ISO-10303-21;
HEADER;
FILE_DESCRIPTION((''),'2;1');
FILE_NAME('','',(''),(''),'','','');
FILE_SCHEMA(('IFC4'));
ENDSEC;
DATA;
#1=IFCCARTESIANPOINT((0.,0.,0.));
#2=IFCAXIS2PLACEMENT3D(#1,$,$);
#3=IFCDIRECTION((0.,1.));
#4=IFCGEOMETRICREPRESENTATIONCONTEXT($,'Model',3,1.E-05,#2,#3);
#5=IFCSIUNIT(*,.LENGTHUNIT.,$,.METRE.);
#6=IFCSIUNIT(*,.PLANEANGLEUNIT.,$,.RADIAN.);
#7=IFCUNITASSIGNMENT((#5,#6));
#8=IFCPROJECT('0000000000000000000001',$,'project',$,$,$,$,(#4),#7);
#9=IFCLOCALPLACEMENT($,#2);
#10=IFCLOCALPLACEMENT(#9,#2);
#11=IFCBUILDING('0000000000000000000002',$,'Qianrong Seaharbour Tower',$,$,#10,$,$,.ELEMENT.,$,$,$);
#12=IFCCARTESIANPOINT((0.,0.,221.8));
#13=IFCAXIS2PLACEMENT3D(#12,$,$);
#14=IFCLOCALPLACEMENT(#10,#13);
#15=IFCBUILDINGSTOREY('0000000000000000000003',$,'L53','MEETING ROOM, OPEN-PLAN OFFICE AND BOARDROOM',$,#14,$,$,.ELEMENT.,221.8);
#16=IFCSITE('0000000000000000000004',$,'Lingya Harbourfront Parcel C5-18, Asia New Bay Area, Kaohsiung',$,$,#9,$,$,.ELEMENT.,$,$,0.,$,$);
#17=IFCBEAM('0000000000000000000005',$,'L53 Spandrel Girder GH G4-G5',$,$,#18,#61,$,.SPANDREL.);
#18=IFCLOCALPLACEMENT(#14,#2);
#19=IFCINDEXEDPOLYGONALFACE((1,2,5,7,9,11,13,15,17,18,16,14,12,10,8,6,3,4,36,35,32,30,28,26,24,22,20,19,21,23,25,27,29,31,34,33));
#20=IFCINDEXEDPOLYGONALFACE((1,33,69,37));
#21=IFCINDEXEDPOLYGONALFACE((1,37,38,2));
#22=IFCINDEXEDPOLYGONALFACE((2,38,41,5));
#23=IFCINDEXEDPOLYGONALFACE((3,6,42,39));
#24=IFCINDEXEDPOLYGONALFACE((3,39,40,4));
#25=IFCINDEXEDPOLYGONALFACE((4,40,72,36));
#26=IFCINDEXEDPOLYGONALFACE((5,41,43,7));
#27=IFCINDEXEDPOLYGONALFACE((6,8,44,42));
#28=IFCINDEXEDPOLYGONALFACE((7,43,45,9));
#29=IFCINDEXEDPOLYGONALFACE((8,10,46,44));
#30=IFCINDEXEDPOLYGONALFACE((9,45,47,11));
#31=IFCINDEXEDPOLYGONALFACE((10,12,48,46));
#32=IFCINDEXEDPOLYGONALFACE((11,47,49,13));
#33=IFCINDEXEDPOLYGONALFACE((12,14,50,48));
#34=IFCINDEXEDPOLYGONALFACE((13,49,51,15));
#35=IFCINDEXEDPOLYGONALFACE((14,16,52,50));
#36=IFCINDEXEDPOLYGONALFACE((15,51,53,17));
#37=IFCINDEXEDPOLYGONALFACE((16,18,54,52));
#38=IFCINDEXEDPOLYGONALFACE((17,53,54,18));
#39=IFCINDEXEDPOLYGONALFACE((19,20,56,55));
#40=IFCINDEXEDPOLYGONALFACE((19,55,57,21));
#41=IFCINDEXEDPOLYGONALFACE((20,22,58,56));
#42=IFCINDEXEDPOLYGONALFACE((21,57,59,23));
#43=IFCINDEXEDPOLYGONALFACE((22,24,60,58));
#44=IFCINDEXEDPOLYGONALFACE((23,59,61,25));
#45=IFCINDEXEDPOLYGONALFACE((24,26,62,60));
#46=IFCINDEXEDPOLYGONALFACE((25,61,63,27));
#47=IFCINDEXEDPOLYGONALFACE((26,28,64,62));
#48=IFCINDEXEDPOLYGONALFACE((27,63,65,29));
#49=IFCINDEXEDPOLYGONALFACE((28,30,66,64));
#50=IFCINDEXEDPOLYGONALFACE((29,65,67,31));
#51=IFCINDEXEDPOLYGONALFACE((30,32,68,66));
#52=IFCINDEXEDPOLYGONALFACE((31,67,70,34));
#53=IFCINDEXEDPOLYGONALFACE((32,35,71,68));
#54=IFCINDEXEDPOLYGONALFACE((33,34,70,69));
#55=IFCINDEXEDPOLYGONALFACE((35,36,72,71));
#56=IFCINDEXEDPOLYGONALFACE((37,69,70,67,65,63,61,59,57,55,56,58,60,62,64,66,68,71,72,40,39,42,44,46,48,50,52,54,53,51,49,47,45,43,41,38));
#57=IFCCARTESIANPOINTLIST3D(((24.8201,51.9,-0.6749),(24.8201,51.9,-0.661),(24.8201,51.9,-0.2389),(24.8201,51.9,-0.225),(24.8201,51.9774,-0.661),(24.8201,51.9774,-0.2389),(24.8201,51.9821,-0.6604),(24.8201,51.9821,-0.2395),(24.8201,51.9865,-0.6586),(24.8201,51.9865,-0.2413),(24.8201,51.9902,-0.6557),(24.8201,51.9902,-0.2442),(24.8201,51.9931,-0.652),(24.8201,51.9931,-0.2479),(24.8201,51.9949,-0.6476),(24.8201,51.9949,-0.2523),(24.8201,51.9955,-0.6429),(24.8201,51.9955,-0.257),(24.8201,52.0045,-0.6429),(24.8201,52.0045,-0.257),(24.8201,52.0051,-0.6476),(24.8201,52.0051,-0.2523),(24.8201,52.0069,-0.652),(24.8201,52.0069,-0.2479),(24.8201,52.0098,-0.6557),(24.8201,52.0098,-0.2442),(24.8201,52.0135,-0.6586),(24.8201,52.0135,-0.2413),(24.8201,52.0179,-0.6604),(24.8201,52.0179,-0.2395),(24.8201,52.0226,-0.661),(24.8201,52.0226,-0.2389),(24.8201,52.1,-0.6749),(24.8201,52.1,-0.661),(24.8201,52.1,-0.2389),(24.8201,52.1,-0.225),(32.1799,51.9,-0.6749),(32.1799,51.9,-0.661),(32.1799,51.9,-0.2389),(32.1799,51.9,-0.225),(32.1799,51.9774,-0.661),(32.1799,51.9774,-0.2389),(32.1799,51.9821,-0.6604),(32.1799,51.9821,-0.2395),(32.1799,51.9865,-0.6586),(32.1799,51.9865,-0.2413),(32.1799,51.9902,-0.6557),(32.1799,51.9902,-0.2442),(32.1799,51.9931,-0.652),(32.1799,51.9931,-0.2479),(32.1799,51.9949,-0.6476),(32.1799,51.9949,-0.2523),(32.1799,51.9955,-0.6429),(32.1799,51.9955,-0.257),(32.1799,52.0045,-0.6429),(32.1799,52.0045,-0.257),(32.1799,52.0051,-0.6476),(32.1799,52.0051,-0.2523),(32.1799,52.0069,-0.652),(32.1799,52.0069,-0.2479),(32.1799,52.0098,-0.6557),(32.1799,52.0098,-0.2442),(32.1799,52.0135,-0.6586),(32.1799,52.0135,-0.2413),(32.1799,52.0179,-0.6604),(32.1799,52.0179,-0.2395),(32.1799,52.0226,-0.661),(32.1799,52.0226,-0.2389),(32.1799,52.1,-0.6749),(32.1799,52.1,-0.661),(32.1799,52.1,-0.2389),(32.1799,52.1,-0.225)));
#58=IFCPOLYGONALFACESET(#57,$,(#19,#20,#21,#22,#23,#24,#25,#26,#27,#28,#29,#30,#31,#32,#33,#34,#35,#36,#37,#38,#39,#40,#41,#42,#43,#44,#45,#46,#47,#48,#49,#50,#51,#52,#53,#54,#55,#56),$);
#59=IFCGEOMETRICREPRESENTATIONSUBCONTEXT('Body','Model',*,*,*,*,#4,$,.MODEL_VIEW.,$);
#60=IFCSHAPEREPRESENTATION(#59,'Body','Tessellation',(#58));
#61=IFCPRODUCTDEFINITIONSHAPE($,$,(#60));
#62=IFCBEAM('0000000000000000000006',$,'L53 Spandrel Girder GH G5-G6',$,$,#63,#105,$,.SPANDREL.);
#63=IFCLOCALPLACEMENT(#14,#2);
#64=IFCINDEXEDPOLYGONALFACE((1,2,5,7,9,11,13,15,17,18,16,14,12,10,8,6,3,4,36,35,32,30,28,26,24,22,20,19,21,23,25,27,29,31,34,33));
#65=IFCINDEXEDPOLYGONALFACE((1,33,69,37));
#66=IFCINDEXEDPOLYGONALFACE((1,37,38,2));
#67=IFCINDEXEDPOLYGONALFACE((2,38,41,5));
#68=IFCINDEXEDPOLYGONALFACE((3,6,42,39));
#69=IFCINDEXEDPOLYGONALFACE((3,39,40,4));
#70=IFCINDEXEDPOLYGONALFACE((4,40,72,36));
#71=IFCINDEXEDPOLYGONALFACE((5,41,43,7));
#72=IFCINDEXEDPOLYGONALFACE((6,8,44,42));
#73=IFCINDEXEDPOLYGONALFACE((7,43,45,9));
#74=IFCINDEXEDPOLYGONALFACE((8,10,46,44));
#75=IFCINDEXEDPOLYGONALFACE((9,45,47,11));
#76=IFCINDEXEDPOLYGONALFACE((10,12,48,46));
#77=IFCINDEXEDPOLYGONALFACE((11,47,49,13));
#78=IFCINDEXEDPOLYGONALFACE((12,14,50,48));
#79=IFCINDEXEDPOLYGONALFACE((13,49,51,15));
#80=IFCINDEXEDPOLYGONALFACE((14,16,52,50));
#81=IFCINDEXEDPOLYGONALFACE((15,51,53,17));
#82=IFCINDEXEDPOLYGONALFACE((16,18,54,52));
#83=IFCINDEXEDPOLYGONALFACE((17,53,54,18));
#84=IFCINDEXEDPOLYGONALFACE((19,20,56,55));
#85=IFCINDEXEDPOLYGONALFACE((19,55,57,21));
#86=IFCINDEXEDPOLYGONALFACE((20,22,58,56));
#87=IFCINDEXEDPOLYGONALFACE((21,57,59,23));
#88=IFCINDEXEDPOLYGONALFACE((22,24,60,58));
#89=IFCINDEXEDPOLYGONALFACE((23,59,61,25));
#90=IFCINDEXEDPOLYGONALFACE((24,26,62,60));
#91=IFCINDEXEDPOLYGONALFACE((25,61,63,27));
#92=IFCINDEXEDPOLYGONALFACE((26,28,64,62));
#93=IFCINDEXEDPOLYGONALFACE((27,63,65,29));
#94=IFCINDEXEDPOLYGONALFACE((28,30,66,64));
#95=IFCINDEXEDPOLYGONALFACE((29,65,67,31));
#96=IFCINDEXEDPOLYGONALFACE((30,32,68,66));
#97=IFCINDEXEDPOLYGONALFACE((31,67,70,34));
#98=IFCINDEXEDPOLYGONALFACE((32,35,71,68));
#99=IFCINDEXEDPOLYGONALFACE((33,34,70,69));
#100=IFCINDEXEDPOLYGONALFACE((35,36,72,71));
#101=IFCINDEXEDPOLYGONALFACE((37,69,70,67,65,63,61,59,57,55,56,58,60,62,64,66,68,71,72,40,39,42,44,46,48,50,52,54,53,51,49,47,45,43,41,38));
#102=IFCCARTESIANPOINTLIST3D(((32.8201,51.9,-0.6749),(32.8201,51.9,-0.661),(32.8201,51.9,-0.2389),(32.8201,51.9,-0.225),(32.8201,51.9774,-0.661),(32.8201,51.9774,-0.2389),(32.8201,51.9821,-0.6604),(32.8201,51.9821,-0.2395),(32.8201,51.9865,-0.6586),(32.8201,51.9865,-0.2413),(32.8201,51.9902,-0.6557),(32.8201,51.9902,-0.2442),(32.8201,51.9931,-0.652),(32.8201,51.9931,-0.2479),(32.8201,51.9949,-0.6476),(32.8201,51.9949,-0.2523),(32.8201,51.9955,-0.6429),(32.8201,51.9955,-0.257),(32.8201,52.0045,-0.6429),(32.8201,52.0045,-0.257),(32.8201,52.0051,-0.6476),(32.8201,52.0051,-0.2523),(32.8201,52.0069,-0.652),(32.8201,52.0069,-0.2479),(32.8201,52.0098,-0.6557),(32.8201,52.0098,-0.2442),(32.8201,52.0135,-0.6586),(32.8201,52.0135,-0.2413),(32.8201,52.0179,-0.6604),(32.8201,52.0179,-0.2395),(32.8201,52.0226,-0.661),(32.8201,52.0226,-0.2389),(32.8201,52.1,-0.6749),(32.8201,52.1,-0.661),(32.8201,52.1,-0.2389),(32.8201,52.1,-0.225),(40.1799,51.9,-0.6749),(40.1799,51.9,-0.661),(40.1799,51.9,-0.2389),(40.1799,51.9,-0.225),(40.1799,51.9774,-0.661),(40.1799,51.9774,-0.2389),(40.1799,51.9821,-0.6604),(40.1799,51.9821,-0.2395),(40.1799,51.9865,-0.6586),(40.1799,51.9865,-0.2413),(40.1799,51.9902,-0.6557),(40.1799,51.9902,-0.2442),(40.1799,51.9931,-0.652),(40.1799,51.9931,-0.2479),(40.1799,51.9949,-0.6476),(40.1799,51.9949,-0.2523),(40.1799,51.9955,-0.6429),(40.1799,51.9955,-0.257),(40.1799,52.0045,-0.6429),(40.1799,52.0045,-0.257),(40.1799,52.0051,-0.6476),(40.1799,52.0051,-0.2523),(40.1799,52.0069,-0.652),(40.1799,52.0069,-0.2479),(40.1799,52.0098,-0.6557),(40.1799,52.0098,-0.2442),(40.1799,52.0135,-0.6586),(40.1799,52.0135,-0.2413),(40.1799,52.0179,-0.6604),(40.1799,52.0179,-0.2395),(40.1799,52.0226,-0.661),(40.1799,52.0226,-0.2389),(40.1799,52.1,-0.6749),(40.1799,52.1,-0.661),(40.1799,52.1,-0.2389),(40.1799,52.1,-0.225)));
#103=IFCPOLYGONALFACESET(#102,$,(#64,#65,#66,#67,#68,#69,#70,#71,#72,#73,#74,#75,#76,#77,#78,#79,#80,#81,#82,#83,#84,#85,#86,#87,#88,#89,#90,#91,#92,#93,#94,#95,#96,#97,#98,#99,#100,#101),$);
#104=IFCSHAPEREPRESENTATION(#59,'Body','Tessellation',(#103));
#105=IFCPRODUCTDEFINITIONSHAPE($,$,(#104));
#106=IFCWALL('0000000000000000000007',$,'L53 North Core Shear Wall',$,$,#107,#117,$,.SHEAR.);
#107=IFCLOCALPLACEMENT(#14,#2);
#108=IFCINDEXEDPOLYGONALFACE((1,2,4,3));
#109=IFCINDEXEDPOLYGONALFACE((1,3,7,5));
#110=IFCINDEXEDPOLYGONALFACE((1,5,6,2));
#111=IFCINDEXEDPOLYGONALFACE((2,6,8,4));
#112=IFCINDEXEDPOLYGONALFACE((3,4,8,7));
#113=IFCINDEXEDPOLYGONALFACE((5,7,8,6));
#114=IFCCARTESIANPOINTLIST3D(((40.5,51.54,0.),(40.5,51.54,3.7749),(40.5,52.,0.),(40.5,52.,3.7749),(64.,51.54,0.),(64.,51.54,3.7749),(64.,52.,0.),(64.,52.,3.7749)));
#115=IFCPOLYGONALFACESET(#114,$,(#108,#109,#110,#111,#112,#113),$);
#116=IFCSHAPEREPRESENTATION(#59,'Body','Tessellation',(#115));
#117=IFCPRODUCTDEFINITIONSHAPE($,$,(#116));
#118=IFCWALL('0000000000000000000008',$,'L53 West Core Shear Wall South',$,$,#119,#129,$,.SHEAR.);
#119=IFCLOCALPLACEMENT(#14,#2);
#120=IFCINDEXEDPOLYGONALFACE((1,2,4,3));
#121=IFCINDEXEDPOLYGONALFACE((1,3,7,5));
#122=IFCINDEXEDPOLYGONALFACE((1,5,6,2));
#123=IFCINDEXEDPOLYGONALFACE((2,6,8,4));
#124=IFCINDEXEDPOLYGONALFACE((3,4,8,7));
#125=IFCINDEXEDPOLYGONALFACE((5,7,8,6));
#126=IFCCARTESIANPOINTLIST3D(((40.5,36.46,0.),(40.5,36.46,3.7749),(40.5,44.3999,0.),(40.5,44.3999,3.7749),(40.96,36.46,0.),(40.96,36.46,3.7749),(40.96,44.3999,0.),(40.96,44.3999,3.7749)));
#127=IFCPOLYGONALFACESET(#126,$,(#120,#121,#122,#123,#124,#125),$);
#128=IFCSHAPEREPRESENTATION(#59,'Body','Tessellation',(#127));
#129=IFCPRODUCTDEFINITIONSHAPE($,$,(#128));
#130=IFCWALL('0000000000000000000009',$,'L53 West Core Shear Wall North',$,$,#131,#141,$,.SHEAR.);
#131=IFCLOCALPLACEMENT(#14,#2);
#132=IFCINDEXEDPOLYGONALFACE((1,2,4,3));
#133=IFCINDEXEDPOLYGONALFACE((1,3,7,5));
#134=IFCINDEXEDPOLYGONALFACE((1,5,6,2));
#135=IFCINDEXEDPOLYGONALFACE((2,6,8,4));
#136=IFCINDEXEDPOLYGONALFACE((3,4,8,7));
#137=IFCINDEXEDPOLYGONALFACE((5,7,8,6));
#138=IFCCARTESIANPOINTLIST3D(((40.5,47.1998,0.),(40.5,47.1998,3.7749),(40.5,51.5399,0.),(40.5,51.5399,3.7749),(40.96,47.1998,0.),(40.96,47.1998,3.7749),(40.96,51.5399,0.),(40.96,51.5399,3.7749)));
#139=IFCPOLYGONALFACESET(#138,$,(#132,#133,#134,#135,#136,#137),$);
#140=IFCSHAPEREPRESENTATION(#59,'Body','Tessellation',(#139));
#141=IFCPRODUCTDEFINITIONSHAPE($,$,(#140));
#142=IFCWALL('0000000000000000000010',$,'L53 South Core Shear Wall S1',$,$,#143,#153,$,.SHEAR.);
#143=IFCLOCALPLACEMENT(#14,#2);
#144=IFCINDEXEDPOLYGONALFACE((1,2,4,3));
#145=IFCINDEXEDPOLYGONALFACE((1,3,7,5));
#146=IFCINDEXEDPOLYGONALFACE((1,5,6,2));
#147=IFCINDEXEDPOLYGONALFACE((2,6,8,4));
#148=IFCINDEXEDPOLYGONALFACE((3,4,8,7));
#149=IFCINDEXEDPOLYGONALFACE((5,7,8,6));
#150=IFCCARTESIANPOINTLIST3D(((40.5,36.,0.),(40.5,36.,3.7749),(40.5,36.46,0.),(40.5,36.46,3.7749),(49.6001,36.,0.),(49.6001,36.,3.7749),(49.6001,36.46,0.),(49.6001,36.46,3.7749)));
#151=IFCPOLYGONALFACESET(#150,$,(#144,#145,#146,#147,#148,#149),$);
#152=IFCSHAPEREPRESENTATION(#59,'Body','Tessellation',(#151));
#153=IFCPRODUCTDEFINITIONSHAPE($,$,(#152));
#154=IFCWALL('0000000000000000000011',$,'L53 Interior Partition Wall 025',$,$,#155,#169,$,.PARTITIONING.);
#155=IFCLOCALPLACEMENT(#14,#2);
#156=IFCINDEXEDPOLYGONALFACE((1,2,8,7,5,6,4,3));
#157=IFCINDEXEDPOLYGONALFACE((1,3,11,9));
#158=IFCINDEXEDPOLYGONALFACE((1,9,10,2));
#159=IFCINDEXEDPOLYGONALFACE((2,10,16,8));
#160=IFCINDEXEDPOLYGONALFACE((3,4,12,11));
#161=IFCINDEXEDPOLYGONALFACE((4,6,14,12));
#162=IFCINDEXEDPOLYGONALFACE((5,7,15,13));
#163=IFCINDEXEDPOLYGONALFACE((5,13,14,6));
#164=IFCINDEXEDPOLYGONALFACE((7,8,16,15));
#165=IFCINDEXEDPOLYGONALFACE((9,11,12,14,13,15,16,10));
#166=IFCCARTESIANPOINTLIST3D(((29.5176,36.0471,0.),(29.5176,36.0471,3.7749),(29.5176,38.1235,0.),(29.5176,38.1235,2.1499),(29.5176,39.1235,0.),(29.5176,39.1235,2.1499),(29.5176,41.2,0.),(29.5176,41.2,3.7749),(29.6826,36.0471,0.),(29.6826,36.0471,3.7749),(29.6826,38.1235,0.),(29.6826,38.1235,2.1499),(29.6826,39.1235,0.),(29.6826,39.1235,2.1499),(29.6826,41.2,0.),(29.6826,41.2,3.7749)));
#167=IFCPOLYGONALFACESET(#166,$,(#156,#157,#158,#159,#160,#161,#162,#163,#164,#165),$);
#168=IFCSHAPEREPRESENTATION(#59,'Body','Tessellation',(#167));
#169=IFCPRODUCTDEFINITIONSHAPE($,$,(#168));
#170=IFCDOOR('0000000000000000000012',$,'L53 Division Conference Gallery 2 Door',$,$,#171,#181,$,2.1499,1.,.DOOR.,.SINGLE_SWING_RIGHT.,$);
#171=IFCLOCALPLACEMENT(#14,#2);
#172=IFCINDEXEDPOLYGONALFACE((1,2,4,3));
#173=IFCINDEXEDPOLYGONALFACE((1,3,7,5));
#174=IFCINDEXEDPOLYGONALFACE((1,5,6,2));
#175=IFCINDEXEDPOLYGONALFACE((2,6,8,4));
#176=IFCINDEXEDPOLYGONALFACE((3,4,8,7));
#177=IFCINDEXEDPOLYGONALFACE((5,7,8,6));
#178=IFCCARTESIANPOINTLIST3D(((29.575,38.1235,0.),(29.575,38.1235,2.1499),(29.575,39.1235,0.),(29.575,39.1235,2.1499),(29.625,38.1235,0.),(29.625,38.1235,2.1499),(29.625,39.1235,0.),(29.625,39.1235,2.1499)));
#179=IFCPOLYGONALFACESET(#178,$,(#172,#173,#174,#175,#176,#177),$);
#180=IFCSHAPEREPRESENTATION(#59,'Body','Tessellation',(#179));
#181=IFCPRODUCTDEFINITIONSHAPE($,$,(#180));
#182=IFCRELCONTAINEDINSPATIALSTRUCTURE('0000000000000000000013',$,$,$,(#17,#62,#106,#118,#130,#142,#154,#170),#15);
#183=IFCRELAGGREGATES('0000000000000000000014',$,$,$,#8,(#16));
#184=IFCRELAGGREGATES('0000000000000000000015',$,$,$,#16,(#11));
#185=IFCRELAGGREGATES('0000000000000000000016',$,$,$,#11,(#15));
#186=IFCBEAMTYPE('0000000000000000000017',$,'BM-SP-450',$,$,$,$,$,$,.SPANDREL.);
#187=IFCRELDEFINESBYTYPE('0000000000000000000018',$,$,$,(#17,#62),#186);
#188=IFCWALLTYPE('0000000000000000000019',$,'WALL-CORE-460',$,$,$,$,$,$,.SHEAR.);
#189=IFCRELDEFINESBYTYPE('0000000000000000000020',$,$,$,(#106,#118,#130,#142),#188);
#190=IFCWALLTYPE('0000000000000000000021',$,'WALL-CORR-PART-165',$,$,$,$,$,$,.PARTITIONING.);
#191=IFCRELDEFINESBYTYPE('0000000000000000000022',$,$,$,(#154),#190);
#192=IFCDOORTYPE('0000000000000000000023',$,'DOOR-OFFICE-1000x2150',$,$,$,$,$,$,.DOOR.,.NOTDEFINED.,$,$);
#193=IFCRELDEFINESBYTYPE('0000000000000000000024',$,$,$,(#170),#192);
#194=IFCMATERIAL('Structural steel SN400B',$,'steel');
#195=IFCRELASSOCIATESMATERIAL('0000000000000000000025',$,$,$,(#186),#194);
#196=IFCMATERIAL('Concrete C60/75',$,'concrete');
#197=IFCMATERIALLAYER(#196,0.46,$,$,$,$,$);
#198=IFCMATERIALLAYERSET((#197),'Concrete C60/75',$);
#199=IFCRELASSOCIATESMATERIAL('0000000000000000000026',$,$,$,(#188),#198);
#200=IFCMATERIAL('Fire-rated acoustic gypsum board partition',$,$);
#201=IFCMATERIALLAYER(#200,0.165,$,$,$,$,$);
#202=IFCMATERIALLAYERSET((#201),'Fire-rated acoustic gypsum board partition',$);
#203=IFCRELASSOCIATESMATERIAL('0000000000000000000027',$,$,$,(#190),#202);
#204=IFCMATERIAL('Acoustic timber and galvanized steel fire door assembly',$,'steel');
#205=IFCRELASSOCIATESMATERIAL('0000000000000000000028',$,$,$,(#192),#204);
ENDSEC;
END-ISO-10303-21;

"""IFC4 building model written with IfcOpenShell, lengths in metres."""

from ifc_helpers import new_model, si_unit, direction, frame, frame_2d, origin, origin_2d, place, context, subcontext, project, spatial, rectangle, i_section, extrude, material, layer, layer_set, material_profile, profile_set, type_object, element, fill, save


model = new_model("IFC4")

# Units and contexts
model_context = context("Model", 3, precision=1e-05, world=origin(), true_north=direction((0.0, 1.0)))
body_context = subcontext(model_context, "Body", "Model", "MODEL_VIEW")
ifc_project = project(units=[si_unit("LENGTHUNIT", "METRE"), si_unit("PLANEANGLEUNIT", "RADIAN")], contexts=[model_context])

# Site, building, storey
site_placement = place(None, origin())
site = spatial("IfcSite", under=ifc_project, at=site_placement, Name="Lingya Harbourfront Parcel C5-18, Asia New Bay Area, Kaohsiung", CompositionType="ELEMENT", RefElevation=0.0)
building_placement = place(site_placement, origin())
building = spatial("IfcBuilding", under=site, at=building_placement, Name="Qianrong Seaharbour Tower", CompositionType="ELEMENT")
storey_placement = place(building_placement, frame((0.0, 0.0, 221.8)))
storey = spatial("IfcBuildingStorey", under=building, at=storey_placement, Name="L53", Description="MEETING ROOM, OPEN-PLAN OFFICE AND BOARDROOM", CompositionType="ELEMENT", Elevation=221.8)

# Beams
ifc_material_1 = material(Name="Concrete C60/75", Category="concrete")
ifc_material_2 = material(Name="Structural steel SN400B", Category="steel")
ifc_material_profile_1 = material_profile(ifc_material_2, i_section(OverallWidth=0.2, OverallDepth=0.45, WebThickness=0.009, FlangeThickness=0.0139, FilletRadius=0.0181, at=origin_2d()), Name="H450x200x9x14")
ifc_profile_set_1 = profile_set([ifc_material_profile_1], Name="Structural steel SN400B")
beam_type_1 = type_object("IfcBeamType", Name="BM-SP-450", PredefinedType="SPANDREL", material=ifc_profile_set_1)
for number, where, z_axis, x_axis, name in (
    (1, (24.8201, 52.0, -0.45), (1.0, 0.0, 0.0), (0.0, 1.0, 0.0), "L53 Spandrel Girder GH G4-G5"),
    (2, (32.8201, 52.0, -0.45), (1.0, 0.0, 0.0), (0.0, 1.0, 0.0), "L53 Spandrel Girder GH G5-G6"),
):
    element("IfcBeam", number, at=place(storey_placement, frame(where, z_axis=z_axis, x_axis=x_axis)), inside=storey, type_object=beam_type_1, Name=name, PredefinedType="SPANDREL", context=body_context, shape_type="SweptSolid", body=[
        extrude(i_section(OverallWidth=0.2, OverallDepth=0.45, WebThickness=0.009, FlangeThickness=0.0139, FilletRadius=0.0181, at=origin_2d()), origin(), (0.0, 0.0, 1.0), 7.3599),
    ])

# Walls
ifc_layer_1 = layer(ifc_material_1, 0.46)
ifc_layer_set_1 = layer_set([ifc_layer_1], Name="Concrete C60/75")
wall_type_1 = type_object("IfcWallType", Name="WALL-CORE-460", PredefinedType="SHEAR", material=ifc_layer_set_1)
wall_1_placement = place(storey_placement, frame((40.5, 51.77, 0.0), z_axis=(0.0, 0.0, 1.0), x_axis=(1.0, 0.0, 0.0)))
element("IfcWall", 3, at=wall_1_placement, inside=storey, type_object=wall_type_1, Name="L53 North Core Shear Wall", PredefinedType="SHEAR", context=body_context, shape_type="SweptSolid", body=[
    extrude(rectangle(XDim=23.5, YDim=0.46, at=frame_2d((11.75, 0.0))), origin(), (0.0, 0.0, 1.0), 3.7749),
])
wall_2_placement = place(storey_placement, frame((40.73, 36.46, 0.0), z_axis=(0.0, 0.0, 1.0), x_axis=(0.0, 1.0, 0.0)))
element("IfcWall", 4, at=wall_2_placement, inside=storey, type_object=wall_type_1, Name="L53 West Core Shear Wall South", PredefinedType="SHEAR", context=body_context, shape_type="SweptSolid", body=[
    extrude(rectangle(XDim=7.9399, YDim=0.46, at=frame_2d((3.97, 0.0))), origin(), (0.0, 0.0, 1.0), 3.7749),
])
wall_3_placement = place(storey_placement, frame((40.73, 47.2, 0.0), z_axis=(0.0, 0.0, 1.0), x_axis=(0.0, 1.0, 0.0)))
element("IfcWall", 5, at=wall_3_placement, inside=storey, type_object=wall_type_1, Name="L53 West Core Shear Wall North", PredefinedType="SHEAR", context=body_context, shape_type="SweptSolid", body=[
    extrude(rectangle(XDim=4.3401, YDim=0.46, at=frame_2d((2.1699, 0.0))), origin(), (0.0, 0.0, 1.0), 3.7749),
])
wall_4_placement = place(storey_placement, frame((40.5, 36.23, 0.0), z_axis=(0.0, 0.0, 1.0), x_axis=(1.0, 0.0, 0.0)))
element("IfcWall", 6, at=wall_4_placement, inside=storey, type_object=wall_type_1, Name="L53 South Core Shear Wall S1", PredefinedType="SHEAR", context=body_context, shape_type="SweptSolid", body=[
    extrude(rectangle(XDim=9.1001, YDim=0.46, at=frame_2d((4.55, 0.0))), origin(), (0.0, 0.0, 1.0), 3.7749),
])

# Wall, opening, door
ifc_material_3 = material(Name="Fire-rated acoustic gypsum board partition")
ifc_layer_2 = layer(ifc_material_3, 0.165)
ifc_layer_set_2 = layer_set([ifc_layer_2], Name="Fire-rated acoustic gypsum board partition")
wall_type_2 = type_object("IfcWallType", Name="WALL-CORR-PART-165", PredefinedType="PARTITIONING", material=ifc_layer_set_2)
ifc_material_4 = material(Name="Acoustic timber and galvanized steel fire door assembly", Category="steel")
wall_5_placement = place(storey_placement, frame((29.6001, 41.2, 0.0), z_axis=(0.0, 0.0, 1.0), x_axis=(0.0, -1.0, 0.0)))
wall_5 = element("IfcWall", 7, at=wall_5_placement, inside=storey, type_object=wall_type_2, Name="L53 Interior Partition Wall 025", PredefinedType="PARTITIONING", context=body_context, shape_type="SweptSolid", body=[
    extrude(rectangle(XDim=5.1528, YDim=0.165, at=frame_2d((2.5764, 0.0))), origin(), (0.0, 0.0, 1.0), 3.7749),
])
opening_1_placement = place(wall_5_placement, frame((2.0764, 0.0, 0.0)))
opening_1 = element("IfcOpeningElement", 8, at=opening_1_placement, cuts=wall_5, PredefinedType="OPENING", context=body_context, shape_type="SweptSolid", body=[
    extrude(rectangle(XDim=1.0, YDim=2.1499, at=frame_2d((0.5, 1.075))), frame((0.0, 0.0925, 0.0), z_axis=(0.0, -1.0, 0.0), x_axis=(1.0, 0.0, 0.0)), (0.0, 0.0, 1.0), 0.1851),
])
door_type_1 = type_object("IfcDoorType", Name="DOOR-OFFICE-1000x2150", OperationType="NOTDEFINED", PredefinedType="DOOR", material=ifc_material_4)
door_1_placement = place(opening_1_placement, origin())
door_1 = element("IfcDoor", 9, at=door_1_placement, inside=storey, type_object=door_type_1, Name="L53 Division Conference Gallery 2 Door", OperationType="SINGLE_SWING_RIGHT", OverallHeight=2.1499, OverallWidth=1.0, PredefinedType="DOOR", context=body_context, shape_type="SweptSolid", body=[
    extrude(rectangle(XDim=1.0, YDim=2.1499, at=frame_2d((0.5, 1.075))), frame((0.0, 0.0249, 0.0), z_axis=(0.0, -1.0, 0.0), x_axis=(1.0, 0.0, 0.0)), (0.0, 0.0, 1.0), 0.05),
])
fill(opening_1, door_1)

save(model, "model.ifc")
